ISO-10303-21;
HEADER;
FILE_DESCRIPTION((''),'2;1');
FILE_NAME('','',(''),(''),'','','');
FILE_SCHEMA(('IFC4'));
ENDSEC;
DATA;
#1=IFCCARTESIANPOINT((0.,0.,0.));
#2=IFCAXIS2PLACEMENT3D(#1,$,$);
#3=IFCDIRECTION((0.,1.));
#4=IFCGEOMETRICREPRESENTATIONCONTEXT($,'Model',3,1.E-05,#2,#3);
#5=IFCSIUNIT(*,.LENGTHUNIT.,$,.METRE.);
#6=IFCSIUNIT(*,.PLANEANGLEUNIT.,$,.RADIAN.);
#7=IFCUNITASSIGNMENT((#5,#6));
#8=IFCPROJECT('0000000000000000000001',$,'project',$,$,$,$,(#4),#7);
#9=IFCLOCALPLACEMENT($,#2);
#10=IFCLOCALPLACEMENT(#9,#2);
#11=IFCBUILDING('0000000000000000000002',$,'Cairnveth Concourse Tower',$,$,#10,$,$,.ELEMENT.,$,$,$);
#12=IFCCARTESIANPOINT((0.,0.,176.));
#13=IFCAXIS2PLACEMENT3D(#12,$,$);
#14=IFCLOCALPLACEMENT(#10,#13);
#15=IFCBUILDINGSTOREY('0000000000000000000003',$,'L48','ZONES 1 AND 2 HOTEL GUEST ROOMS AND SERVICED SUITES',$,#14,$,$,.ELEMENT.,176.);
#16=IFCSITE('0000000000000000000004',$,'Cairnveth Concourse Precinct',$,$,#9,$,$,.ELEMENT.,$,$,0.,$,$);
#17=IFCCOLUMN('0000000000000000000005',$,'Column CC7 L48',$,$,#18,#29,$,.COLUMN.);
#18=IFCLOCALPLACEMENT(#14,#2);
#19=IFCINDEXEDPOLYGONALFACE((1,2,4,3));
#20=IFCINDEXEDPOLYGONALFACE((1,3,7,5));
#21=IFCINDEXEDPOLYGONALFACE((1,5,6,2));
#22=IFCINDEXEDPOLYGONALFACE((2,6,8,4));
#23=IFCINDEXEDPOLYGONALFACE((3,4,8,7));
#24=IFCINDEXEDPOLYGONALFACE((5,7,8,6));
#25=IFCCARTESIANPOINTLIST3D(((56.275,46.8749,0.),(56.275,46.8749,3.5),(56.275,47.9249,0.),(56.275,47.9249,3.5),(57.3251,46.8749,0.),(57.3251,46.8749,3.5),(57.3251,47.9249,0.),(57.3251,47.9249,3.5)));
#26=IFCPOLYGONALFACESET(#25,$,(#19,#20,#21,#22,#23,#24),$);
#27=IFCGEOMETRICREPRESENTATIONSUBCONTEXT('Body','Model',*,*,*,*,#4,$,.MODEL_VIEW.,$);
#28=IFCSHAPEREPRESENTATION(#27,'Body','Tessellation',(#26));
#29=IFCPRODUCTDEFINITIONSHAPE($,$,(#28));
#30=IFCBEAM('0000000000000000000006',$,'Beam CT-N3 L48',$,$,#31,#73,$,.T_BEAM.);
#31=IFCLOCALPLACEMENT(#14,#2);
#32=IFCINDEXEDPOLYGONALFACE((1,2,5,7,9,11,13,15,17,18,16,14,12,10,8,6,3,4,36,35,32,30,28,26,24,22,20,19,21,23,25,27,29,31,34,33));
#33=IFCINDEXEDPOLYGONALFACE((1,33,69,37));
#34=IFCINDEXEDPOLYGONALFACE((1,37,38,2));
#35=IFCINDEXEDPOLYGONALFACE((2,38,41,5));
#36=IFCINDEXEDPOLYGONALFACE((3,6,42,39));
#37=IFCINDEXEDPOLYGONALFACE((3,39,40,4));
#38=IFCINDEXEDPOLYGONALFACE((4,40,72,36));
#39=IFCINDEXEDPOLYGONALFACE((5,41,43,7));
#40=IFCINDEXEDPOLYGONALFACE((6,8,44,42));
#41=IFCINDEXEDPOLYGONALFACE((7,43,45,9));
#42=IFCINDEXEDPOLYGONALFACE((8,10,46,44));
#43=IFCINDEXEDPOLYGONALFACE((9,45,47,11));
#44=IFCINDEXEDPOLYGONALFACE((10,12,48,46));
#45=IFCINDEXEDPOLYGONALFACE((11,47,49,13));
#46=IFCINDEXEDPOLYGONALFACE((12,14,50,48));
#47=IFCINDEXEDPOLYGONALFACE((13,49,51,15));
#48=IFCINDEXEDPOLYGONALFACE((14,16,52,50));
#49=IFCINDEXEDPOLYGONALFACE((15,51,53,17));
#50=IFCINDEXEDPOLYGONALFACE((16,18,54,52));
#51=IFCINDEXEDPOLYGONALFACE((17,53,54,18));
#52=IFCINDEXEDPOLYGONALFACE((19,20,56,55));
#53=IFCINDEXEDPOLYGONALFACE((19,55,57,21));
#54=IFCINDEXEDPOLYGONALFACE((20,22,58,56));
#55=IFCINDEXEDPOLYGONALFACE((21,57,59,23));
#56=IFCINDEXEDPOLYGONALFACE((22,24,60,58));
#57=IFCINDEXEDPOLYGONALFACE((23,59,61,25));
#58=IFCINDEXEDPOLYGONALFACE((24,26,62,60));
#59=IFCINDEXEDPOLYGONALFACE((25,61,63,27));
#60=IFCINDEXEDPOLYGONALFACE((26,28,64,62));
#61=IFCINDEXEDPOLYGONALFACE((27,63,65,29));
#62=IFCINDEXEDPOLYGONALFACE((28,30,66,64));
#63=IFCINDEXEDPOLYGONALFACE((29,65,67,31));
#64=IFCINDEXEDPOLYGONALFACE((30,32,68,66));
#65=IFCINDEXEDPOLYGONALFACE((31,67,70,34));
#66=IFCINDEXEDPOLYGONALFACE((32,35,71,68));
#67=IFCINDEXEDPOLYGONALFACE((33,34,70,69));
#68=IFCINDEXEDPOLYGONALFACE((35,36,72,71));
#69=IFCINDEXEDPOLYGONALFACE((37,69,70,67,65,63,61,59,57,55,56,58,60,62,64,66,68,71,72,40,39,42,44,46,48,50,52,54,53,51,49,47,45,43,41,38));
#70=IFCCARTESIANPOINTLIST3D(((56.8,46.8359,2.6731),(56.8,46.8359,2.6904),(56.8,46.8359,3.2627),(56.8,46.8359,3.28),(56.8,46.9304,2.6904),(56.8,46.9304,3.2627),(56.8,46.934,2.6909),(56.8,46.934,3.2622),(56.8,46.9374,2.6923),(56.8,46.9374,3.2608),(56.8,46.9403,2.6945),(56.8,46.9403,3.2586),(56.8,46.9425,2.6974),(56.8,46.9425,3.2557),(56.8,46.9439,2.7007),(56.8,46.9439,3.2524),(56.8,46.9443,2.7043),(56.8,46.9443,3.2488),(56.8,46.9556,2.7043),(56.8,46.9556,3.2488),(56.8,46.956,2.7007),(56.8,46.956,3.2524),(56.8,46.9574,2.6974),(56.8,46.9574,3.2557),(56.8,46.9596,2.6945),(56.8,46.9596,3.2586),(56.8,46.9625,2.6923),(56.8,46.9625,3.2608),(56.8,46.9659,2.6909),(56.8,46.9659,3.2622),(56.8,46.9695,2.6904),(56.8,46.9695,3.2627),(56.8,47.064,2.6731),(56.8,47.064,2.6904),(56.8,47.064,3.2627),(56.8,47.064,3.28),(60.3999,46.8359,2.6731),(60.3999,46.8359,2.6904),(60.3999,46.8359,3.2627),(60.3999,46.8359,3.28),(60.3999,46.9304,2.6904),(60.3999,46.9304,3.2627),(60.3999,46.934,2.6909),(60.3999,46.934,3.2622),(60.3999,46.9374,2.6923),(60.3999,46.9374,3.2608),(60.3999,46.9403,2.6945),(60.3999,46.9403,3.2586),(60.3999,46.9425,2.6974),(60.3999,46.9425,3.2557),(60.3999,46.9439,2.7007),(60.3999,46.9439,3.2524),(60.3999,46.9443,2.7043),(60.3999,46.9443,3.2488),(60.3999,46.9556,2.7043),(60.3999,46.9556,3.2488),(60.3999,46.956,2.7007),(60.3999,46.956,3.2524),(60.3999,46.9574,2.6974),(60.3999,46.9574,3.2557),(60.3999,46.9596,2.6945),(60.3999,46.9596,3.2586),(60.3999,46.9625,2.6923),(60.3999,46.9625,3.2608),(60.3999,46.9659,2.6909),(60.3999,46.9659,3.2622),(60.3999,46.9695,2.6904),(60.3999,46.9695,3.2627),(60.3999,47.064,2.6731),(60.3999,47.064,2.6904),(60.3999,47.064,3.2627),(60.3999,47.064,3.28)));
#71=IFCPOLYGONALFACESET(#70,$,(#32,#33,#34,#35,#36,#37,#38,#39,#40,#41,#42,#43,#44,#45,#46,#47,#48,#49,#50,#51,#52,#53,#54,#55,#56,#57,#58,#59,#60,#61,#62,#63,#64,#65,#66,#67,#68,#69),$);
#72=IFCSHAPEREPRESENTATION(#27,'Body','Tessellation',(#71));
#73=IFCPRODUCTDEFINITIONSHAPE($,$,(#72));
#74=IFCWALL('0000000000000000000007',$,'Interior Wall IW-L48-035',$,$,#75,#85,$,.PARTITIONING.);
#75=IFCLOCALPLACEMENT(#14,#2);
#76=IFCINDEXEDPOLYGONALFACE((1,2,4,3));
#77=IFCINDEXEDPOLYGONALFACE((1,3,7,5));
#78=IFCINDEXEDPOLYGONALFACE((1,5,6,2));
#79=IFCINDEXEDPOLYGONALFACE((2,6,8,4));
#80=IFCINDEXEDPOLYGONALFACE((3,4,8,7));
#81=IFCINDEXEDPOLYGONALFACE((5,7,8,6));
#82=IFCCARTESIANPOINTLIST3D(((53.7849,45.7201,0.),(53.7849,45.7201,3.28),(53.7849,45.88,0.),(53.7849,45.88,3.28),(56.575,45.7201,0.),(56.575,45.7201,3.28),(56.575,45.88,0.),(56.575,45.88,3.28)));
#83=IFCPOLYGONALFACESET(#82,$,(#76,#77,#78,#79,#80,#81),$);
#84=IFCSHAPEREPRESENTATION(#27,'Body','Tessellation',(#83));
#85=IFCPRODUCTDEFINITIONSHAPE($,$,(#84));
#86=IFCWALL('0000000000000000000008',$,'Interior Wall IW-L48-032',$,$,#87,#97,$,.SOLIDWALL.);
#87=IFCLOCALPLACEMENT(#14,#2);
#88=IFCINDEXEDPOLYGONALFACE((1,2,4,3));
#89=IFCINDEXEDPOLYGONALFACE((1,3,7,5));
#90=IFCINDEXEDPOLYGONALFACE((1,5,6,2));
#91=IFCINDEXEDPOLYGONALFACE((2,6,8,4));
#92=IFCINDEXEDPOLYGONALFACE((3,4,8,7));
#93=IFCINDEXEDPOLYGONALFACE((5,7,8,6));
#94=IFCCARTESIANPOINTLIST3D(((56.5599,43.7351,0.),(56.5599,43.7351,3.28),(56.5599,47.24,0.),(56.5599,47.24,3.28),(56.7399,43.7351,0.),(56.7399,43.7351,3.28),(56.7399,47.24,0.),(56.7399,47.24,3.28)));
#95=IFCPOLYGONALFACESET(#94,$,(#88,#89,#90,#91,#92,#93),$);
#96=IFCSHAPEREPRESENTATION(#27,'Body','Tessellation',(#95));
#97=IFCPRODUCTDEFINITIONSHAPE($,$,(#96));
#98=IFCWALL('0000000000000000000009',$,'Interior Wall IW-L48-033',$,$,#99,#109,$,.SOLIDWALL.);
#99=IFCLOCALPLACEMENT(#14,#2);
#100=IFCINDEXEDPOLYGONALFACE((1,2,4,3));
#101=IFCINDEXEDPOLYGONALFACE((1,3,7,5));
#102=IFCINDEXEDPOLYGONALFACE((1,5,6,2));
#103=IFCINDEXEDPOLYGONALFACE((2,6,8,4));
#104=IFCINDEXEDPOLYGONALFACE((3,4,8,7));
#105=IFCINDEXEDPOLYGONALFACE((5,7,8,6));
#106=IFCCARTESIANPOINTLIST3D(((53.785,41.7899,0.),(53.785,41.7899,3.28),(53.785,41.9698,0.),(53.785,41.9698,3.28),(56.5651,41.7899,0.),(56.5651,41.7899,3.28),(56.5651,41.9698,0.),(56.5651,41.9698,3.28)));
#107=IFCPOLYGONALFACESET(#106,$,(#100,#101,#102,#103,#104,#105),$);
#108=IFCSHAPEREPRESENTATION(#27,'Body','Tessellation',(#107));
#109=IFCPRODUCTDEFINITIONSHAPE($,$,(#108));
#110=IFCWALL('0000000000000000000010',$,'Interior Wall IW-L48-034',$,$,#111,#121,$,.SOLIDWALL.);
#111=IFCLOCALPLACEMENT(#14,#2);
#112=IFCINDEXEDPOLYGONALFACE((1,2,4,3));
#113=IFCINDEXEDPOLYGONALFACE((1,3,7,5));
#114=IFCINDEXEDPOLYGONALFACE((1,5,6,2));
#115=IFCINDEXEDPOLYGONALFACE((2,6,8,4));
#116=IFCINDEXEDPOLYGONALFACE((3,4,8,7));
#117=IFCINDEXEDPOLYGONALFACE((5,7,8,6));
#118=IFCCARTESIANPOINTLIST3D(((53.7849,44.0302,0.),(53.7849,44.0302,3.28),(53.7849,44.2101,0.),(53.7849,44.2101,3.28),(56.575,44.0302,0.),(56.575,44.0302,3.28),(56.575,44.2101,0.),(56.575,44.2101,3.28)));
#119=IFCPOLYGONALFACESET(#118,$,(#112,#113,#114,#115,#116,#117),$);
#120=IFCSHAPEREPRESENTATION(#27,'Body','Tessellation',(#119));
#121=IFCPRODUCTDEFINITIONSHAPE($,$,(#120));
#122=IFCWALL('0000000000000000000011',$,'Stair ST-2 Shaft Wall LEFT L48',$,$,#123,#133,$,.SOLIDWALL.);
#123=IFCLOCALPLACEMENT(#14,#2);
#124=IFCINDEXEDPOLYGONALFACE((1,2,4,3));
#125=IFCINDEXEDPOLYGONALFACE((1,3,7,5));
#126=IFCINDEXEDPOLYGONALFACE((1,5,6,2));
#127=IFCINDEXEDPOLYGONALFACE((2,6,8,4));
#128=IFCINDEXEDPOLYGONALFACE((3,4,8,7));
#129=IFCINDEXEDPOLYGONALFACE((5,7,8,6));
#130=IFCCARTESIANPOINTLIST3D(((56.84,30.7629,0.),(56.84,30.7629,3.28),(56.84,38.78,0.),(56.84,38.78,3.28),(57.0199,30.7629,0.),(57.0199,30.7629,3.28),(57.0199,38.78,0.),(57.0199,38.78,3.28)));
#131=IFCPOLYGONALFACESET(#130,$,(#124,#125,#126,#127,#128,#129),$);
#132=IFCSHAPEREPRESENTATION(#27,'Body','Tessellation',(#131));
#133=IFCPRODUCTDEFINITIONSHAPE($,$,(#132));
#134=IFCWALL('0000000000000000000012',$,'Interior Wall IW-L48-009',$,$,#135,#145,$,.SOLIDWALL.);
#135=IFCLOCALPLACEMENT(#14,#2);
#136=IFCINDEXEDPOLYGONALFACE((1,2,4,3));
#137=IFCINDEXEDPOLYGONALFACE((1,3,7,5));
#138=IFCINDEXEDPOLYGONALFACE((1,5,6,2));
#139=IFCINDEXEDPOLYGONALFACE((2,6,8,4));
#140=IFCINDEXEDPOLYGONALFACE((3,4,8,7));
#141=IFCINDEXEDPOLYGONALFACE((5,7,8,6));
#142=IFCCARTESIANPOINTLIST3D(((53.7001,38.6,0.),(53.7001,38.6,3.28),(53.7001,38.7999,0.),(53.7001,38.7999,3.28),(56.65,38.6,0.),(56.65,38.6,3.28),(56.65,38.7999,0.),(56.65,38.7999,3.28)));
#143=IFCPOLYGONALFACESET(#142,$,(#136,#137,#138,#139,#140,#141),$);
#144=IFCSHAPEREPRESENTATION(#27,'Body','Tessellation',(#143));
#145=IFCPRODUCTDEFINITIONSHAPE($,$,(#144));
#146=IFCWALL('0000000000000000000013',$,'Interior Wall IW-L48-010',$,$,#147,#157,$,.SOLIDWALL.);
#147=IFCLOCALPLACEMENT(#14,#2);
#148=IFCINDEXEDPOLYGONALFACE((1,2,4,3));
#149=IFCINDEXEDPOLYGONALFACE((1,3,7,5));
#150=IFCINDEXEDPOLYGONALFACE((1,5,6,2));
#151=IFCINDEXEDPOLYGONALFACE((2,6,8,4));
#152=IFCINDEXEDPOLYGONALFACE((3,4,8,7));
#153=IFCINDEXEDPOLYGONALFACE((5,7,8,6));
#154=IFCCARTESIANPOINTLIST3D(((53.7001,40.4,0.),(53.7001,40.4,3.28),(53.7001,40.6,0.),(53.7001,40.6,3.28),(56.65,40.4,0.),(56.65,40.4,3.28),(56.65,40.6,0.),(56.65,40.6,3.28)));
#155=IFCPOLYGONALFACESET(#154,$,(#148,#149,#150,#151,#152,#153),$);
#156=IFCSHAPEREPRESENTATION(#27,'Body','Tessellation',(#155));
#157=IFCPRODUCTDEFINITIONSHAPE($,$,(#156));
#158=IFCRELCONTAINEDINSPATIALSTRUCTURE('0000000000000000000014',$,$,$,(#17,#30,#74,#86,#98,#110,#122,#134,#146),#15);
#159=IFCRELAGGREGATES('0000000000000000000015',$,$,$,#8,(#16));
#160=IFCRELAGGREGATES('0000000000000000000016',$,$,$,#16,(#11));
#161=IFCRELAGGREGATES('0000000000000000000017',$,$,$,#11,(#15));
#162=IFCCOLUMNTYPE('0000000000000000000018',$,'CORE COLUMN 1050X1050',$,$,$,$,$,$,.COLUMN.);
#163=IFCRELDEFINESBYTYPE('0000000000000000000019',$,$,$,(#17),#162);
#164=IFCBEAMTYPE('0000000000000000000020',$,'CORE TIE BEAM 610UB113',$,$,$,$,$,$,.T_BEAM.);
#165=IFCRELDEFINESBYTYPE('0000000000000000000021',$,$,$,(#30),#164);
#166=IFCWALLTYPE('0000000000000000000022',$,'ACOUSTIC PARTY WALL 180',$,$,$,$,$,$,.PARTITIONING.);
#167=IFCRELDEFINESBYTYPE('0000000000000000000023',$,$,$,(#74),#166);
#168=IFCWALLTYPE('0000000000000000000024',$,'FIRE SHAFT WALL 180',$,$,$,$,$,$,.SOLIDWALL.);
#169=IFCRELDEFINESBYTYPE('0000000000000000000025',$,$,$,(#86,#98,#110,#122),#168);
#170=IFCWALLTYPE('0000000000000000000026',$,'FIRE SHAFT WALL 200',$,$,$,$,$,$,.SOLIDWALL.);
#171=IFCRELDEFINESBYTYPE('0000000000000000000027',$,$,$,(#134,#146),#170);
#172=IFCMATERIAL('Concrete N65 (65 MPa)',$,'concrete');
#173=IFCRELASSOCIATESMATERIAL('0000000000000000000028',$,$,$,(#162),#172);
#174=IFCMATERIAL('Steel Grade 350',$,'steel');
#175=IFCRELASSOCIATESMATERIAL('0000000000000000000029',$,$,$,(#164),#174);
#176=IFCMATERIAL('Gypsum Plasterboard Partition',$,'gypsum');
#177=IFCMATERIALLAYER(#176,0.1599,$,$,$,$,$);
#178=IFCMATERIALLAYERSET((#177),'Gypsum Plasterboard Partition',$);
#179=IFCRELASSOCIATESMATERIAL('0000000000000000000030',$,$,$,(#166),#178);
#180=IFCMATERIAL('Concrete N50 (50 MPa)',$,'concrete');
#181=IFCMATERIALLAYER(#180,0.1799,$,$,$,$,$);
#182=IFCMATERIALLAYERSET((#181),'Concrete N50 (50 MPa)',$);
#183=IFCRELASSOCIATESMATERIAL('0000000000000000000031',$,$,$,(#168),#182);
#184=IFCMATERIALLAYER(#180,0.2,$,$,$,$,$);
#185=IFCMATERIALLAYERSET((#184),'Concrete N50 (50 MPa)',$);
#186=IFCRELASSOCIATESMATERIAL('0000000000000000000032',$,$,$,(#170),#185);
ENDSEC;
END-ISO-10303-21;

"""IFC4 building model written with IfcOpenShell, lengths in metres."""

from ifc_helpers import new_model, si_unit, direction, frame, frame_2d, origin, origin_2d, place, context, subcontext, project, spatial, rectangle, i_section, extrude, material, layer, layer_set, material_profile, profile_set, type_object, element, save


model = new_model("IFC4")

# Units and contexts
model_context = context("Model", 3, precision=1e-05, world=origin(), true_north=direction((0.0, 1.0)))
body_context = subcontext(model_context, "Body", "Model", "MODEL_VIEW")
ifc_project = project(units=[si_unit("LENGTHUNIT", "METRE"), si_unit("PLANEANGLEUNIT", "RADIAN")], contexts=[model_context])

# Site, building, storey
site_placement = place(None, origin())
site = spatial("IfcSite", under=ifc_project, at=site_placement, Name="Cairnveth Concourse Precinct", CompositionType="ELEMENT", RefElevation=0.0)
building_placement = place(site_placement, origin())
building = spatial("IfcBuilding", under=site, at=building_placement, Name="Cairnveth Concourse Tower", CompositionType="ELEMENT")
storey_placement = place(building_placement, frame((0.0, 0.0, 176.0)))
storey = spatial("IfcBuildingStorey", under=building, at=storey_placement, Name="L48", Description="ZONES 1 AND 2 HOTEL GUEST ROOMS AND SERVICED SUITES", CompositionType="ELEMENT", Elevation=176.0)

# Column
ifc_material_1 = material(Name="Concrete N65 (65 MPa)", Category="concrete")
ifc_material_profile_1 = material_profile(ifc_material_1, rectangle(XDim=1.05, YDim=1.05, at=origin_2d()), Name="RC-COL-1050x1050")
ifc_profile_set_1 = profile_set([ifc_material_profile_1], Name="Concrete N65 (65 MPa)")
column_type = type_object("IfcColumnType", Name="CORE COLUMN 1050X1050", PredefinedType="COLUMN", material=ifc_profile_set_1)
column_placement = place(storey_placement, frame((56.8, 47.3999, 0.0), z_axis=(0.0, 0.0, 1.0), x_axis=(1.0, 0.0, 0.0)))
element("IfcColumn", 1, at=column_placement, inside=storey, type_object=column_type, Name="Column CC7 L48", PredefinedType="COLUMN", context=body_context, shape_type="SweptSolid", body=[
    extrude(rectangle(XDim=1.05, YDim=1.05, at=origin_2d()), origin(), (0.0, 0.0, 1.0), 3.5),
])

# Beam
ifc_material_2 = material(Name="Steel Grade 350", Category="steel")
ifc_material_profile_2 = material_profile(ifc_material_2, i_section(OverallWidth=0.228, OverallDepth=0.6069, WebThickness=0.0112, FlangeThickness=0.0173, FilletRadius=0.0139, at=origin_2d()), Name="610UB113")
ifc_profile_set_2 = profile_set([ifc_material_profile_2], Name="Steel Grade 350")
beam_type = type_object("IfcBeamType", Name="CORE TIE BEAM 610UB113", PredefinedType="T_BEAM", material=ifc_profile_set_2)
beam_placement = place(storey_placement, frame((56.8, 46.95, 2.9766), z_axis=(1.0, 0.0, 0.0), x_axis=(0.0, 1.0, 0.0)))
element("IfcBeam", 2, at=beam_placement, inside=storey, type_object=beam_type, Name="Beam CT-N3 L48", PredefinedType="T_BEAM", context=body_context, shape_type="SweptSolid", body=[
    extrude(i_section(OverallWidth=0.228, OverallDepth=0.6069, WebThickness=0.0112, FlangeThickness=0.0173, FilletRadius=0.0139, at=origin_2d()), origin(), (0.0, 0.0, 1.0), 3.5999),
])

# Walls
ifc_material_3 = material(Name="Gypsum Plasterboard Partition", Category="gypsum")
ifc_layer_1 = layer(ifc_material_3, 0.1599)
ifc_layer_set_1 = layer_set([ifc_layer_1], Name="Gypsum Plasterboard Partition")
wall_type_1 = type_object("IfcWallType", Name="ACOUSTIC PARTY WALL 180", PredefinedType="PARTITIONING", material=ifc_layer_set_1)
wall_1_placement = place(storey_placement, frame((53.7849, 45.8, 0.0), z_axis=(0.0, 0.0, 1.0), x_axis=(1.0, 0.0, 0.0)))
element("IfcWall", 3, at=wall_1_placement, inside=storey, type_object=wall_type_1, Name="Interior Wall IW-L48-035", PredefinedType="PARTITIONING", context=body_context, shape_type="SweptSolid", body=[
    extrude(rectangle(XDim=2.79, YDim=0.1599, at=frame_2d((1.395, 0.0))), origin(), (0.0, 0.0, 1.0), 3.28),
])
ifc_material_4 = material(Name="Concrete N50 (50 MPa)", Category="concrete")
ifc_layer_2 = layer(ifc_material_4, 0.1799)
ifc_layer_set_2 = layer_set([ifc_layer_2], Name="Concrete N50 (50 MPa)")
wall_type_2 = type_object("IfcWallType", Name="FIRE SHAFT WALL 180", PredefinedType="SOLIDWALL", material=ifc_layer_set_2)
wall_2_placement = place(storey_placement, frame((56.6499, 43.7351, 0.0), z_axis=(0.0, 0.0, 1.0), x_axis=(0.0, 1.0, 0.0)))
element("IfcWall", 4, at=wall_2_placement, inside=storey, type_object=wall_type_2, Name="Interior Wall IW-L48-032", PredefinedType="SOLIDWALL", context=body_context, shape_type="SweptSolid", body=[
    extrude(rectangle(XDim=3.5049, YDim=0.1799, at=frame_2d((1.7524, 0.0))), origin(), (0.0, 0.0, 1.0), 3.28),
])
wall_3_placement = place(storey_placement, frame((53.7849, 41.8799, 0.0), z_axis=(0.0, 0.0, 1.0), x_axis=(1.0, 0.0, 0.0)))
element("IfcWall", 5, at=wall_3_placement, inside=storey, type_object=wall_type_2, Name="Interior Wall IW-L48-033", PredefinedType="SOLIDWALL", context=body_context, shape_type="SweptSolid", body=[
    extrude(rectangle(XDim=2.78, YDim=0.1799, at=frame_2d((1.3901, 0.0))), origin(), (0.0, 0.0, 1.0), 3.28),
])
wall_4_placement = place(storey_placement, frame((53.7849, 44.1201, 0.0), z_axis=(0.0, 0.0, 1.0), x_axis=(1.0, 0.0, 0.0)))
element("IfcWall", 6, at=wall_4_placement, inside=storey, type_object=wall_type_2, Name="Interior Wall IW-L48-034", PredefinedType="SOLIDWALL", context=body_context, shape_type="SweptSolid", body=[
    extrude(rectangle(XDim=2.79, YDim=0.1799, at=frame_2d((1.395, 0.0))), origin(), (0.0, 0.0, 1.0), 3.28),
])

# Walls
wall_5_placement = place(storey_placement, frame((56.9299, 38.78, 0.0), z_axis=(0.0, 0.0, 1.0), x_axis=(0.0, -1.0, 0.0)))
element("IfcWall", 7, at=wall_5_placement, inside=storey, type_object=wall_type_2, Name="Stair ST-2 Shaft Wall LEFT L48", PredefinedType="SOLIDWALL", context=body_context, shape_type="SweptSolid", body=[
    extrude(rectangle(XDim=8.0171, YDim=0.1799, at=frame_2d((4.0085, 0.0))), origin(), (0.0, 0.0, 1.0), 3.28),
])
ifc_layer_3 = layer(ifc_material_4, 0.2)
ifc_layer_set_3 = layer_set([ifc_layer_3], Name="Concrete N50 (50 MPa)")
wall_type_3 = type_object("IfcWallType", Name="FIRE SHAFT WALL 200", PredefinedType="SOLIDWALL", material=ifc_layer_set_3)
for number, where, z_axis, x_axis, name in (
    (8, (53.7, 38.7, 0.0), (0.0, 0.0, 1.0), (1.0, 0.0, 0.0), "Interior Wall IW-L48-009"),
    (9, (53.7, 40.5, 0.0), (0.0, 0.0, 1.0), (1.0, 0.0, 0.0), "Interior Wall IW-L48-010"),
):
    element("IfcWall", number, at=place(storey_placement, frame(where, z_axis=z_axis, x_axis=x_axis)), inside=storey, type_object=wall_type_3, Name=name, PredefinedType="SOLIDWALL", context=body_context, shape_type="SweptSolid", body=[
        extrude(rectangle(XDim=2.95, YDim=0.2, at=frame_2d((1.4751, 0.0))), origin(), (0.0, 0.0, 1.0), 3.28),
    ])

save(model, "model.ifc")
